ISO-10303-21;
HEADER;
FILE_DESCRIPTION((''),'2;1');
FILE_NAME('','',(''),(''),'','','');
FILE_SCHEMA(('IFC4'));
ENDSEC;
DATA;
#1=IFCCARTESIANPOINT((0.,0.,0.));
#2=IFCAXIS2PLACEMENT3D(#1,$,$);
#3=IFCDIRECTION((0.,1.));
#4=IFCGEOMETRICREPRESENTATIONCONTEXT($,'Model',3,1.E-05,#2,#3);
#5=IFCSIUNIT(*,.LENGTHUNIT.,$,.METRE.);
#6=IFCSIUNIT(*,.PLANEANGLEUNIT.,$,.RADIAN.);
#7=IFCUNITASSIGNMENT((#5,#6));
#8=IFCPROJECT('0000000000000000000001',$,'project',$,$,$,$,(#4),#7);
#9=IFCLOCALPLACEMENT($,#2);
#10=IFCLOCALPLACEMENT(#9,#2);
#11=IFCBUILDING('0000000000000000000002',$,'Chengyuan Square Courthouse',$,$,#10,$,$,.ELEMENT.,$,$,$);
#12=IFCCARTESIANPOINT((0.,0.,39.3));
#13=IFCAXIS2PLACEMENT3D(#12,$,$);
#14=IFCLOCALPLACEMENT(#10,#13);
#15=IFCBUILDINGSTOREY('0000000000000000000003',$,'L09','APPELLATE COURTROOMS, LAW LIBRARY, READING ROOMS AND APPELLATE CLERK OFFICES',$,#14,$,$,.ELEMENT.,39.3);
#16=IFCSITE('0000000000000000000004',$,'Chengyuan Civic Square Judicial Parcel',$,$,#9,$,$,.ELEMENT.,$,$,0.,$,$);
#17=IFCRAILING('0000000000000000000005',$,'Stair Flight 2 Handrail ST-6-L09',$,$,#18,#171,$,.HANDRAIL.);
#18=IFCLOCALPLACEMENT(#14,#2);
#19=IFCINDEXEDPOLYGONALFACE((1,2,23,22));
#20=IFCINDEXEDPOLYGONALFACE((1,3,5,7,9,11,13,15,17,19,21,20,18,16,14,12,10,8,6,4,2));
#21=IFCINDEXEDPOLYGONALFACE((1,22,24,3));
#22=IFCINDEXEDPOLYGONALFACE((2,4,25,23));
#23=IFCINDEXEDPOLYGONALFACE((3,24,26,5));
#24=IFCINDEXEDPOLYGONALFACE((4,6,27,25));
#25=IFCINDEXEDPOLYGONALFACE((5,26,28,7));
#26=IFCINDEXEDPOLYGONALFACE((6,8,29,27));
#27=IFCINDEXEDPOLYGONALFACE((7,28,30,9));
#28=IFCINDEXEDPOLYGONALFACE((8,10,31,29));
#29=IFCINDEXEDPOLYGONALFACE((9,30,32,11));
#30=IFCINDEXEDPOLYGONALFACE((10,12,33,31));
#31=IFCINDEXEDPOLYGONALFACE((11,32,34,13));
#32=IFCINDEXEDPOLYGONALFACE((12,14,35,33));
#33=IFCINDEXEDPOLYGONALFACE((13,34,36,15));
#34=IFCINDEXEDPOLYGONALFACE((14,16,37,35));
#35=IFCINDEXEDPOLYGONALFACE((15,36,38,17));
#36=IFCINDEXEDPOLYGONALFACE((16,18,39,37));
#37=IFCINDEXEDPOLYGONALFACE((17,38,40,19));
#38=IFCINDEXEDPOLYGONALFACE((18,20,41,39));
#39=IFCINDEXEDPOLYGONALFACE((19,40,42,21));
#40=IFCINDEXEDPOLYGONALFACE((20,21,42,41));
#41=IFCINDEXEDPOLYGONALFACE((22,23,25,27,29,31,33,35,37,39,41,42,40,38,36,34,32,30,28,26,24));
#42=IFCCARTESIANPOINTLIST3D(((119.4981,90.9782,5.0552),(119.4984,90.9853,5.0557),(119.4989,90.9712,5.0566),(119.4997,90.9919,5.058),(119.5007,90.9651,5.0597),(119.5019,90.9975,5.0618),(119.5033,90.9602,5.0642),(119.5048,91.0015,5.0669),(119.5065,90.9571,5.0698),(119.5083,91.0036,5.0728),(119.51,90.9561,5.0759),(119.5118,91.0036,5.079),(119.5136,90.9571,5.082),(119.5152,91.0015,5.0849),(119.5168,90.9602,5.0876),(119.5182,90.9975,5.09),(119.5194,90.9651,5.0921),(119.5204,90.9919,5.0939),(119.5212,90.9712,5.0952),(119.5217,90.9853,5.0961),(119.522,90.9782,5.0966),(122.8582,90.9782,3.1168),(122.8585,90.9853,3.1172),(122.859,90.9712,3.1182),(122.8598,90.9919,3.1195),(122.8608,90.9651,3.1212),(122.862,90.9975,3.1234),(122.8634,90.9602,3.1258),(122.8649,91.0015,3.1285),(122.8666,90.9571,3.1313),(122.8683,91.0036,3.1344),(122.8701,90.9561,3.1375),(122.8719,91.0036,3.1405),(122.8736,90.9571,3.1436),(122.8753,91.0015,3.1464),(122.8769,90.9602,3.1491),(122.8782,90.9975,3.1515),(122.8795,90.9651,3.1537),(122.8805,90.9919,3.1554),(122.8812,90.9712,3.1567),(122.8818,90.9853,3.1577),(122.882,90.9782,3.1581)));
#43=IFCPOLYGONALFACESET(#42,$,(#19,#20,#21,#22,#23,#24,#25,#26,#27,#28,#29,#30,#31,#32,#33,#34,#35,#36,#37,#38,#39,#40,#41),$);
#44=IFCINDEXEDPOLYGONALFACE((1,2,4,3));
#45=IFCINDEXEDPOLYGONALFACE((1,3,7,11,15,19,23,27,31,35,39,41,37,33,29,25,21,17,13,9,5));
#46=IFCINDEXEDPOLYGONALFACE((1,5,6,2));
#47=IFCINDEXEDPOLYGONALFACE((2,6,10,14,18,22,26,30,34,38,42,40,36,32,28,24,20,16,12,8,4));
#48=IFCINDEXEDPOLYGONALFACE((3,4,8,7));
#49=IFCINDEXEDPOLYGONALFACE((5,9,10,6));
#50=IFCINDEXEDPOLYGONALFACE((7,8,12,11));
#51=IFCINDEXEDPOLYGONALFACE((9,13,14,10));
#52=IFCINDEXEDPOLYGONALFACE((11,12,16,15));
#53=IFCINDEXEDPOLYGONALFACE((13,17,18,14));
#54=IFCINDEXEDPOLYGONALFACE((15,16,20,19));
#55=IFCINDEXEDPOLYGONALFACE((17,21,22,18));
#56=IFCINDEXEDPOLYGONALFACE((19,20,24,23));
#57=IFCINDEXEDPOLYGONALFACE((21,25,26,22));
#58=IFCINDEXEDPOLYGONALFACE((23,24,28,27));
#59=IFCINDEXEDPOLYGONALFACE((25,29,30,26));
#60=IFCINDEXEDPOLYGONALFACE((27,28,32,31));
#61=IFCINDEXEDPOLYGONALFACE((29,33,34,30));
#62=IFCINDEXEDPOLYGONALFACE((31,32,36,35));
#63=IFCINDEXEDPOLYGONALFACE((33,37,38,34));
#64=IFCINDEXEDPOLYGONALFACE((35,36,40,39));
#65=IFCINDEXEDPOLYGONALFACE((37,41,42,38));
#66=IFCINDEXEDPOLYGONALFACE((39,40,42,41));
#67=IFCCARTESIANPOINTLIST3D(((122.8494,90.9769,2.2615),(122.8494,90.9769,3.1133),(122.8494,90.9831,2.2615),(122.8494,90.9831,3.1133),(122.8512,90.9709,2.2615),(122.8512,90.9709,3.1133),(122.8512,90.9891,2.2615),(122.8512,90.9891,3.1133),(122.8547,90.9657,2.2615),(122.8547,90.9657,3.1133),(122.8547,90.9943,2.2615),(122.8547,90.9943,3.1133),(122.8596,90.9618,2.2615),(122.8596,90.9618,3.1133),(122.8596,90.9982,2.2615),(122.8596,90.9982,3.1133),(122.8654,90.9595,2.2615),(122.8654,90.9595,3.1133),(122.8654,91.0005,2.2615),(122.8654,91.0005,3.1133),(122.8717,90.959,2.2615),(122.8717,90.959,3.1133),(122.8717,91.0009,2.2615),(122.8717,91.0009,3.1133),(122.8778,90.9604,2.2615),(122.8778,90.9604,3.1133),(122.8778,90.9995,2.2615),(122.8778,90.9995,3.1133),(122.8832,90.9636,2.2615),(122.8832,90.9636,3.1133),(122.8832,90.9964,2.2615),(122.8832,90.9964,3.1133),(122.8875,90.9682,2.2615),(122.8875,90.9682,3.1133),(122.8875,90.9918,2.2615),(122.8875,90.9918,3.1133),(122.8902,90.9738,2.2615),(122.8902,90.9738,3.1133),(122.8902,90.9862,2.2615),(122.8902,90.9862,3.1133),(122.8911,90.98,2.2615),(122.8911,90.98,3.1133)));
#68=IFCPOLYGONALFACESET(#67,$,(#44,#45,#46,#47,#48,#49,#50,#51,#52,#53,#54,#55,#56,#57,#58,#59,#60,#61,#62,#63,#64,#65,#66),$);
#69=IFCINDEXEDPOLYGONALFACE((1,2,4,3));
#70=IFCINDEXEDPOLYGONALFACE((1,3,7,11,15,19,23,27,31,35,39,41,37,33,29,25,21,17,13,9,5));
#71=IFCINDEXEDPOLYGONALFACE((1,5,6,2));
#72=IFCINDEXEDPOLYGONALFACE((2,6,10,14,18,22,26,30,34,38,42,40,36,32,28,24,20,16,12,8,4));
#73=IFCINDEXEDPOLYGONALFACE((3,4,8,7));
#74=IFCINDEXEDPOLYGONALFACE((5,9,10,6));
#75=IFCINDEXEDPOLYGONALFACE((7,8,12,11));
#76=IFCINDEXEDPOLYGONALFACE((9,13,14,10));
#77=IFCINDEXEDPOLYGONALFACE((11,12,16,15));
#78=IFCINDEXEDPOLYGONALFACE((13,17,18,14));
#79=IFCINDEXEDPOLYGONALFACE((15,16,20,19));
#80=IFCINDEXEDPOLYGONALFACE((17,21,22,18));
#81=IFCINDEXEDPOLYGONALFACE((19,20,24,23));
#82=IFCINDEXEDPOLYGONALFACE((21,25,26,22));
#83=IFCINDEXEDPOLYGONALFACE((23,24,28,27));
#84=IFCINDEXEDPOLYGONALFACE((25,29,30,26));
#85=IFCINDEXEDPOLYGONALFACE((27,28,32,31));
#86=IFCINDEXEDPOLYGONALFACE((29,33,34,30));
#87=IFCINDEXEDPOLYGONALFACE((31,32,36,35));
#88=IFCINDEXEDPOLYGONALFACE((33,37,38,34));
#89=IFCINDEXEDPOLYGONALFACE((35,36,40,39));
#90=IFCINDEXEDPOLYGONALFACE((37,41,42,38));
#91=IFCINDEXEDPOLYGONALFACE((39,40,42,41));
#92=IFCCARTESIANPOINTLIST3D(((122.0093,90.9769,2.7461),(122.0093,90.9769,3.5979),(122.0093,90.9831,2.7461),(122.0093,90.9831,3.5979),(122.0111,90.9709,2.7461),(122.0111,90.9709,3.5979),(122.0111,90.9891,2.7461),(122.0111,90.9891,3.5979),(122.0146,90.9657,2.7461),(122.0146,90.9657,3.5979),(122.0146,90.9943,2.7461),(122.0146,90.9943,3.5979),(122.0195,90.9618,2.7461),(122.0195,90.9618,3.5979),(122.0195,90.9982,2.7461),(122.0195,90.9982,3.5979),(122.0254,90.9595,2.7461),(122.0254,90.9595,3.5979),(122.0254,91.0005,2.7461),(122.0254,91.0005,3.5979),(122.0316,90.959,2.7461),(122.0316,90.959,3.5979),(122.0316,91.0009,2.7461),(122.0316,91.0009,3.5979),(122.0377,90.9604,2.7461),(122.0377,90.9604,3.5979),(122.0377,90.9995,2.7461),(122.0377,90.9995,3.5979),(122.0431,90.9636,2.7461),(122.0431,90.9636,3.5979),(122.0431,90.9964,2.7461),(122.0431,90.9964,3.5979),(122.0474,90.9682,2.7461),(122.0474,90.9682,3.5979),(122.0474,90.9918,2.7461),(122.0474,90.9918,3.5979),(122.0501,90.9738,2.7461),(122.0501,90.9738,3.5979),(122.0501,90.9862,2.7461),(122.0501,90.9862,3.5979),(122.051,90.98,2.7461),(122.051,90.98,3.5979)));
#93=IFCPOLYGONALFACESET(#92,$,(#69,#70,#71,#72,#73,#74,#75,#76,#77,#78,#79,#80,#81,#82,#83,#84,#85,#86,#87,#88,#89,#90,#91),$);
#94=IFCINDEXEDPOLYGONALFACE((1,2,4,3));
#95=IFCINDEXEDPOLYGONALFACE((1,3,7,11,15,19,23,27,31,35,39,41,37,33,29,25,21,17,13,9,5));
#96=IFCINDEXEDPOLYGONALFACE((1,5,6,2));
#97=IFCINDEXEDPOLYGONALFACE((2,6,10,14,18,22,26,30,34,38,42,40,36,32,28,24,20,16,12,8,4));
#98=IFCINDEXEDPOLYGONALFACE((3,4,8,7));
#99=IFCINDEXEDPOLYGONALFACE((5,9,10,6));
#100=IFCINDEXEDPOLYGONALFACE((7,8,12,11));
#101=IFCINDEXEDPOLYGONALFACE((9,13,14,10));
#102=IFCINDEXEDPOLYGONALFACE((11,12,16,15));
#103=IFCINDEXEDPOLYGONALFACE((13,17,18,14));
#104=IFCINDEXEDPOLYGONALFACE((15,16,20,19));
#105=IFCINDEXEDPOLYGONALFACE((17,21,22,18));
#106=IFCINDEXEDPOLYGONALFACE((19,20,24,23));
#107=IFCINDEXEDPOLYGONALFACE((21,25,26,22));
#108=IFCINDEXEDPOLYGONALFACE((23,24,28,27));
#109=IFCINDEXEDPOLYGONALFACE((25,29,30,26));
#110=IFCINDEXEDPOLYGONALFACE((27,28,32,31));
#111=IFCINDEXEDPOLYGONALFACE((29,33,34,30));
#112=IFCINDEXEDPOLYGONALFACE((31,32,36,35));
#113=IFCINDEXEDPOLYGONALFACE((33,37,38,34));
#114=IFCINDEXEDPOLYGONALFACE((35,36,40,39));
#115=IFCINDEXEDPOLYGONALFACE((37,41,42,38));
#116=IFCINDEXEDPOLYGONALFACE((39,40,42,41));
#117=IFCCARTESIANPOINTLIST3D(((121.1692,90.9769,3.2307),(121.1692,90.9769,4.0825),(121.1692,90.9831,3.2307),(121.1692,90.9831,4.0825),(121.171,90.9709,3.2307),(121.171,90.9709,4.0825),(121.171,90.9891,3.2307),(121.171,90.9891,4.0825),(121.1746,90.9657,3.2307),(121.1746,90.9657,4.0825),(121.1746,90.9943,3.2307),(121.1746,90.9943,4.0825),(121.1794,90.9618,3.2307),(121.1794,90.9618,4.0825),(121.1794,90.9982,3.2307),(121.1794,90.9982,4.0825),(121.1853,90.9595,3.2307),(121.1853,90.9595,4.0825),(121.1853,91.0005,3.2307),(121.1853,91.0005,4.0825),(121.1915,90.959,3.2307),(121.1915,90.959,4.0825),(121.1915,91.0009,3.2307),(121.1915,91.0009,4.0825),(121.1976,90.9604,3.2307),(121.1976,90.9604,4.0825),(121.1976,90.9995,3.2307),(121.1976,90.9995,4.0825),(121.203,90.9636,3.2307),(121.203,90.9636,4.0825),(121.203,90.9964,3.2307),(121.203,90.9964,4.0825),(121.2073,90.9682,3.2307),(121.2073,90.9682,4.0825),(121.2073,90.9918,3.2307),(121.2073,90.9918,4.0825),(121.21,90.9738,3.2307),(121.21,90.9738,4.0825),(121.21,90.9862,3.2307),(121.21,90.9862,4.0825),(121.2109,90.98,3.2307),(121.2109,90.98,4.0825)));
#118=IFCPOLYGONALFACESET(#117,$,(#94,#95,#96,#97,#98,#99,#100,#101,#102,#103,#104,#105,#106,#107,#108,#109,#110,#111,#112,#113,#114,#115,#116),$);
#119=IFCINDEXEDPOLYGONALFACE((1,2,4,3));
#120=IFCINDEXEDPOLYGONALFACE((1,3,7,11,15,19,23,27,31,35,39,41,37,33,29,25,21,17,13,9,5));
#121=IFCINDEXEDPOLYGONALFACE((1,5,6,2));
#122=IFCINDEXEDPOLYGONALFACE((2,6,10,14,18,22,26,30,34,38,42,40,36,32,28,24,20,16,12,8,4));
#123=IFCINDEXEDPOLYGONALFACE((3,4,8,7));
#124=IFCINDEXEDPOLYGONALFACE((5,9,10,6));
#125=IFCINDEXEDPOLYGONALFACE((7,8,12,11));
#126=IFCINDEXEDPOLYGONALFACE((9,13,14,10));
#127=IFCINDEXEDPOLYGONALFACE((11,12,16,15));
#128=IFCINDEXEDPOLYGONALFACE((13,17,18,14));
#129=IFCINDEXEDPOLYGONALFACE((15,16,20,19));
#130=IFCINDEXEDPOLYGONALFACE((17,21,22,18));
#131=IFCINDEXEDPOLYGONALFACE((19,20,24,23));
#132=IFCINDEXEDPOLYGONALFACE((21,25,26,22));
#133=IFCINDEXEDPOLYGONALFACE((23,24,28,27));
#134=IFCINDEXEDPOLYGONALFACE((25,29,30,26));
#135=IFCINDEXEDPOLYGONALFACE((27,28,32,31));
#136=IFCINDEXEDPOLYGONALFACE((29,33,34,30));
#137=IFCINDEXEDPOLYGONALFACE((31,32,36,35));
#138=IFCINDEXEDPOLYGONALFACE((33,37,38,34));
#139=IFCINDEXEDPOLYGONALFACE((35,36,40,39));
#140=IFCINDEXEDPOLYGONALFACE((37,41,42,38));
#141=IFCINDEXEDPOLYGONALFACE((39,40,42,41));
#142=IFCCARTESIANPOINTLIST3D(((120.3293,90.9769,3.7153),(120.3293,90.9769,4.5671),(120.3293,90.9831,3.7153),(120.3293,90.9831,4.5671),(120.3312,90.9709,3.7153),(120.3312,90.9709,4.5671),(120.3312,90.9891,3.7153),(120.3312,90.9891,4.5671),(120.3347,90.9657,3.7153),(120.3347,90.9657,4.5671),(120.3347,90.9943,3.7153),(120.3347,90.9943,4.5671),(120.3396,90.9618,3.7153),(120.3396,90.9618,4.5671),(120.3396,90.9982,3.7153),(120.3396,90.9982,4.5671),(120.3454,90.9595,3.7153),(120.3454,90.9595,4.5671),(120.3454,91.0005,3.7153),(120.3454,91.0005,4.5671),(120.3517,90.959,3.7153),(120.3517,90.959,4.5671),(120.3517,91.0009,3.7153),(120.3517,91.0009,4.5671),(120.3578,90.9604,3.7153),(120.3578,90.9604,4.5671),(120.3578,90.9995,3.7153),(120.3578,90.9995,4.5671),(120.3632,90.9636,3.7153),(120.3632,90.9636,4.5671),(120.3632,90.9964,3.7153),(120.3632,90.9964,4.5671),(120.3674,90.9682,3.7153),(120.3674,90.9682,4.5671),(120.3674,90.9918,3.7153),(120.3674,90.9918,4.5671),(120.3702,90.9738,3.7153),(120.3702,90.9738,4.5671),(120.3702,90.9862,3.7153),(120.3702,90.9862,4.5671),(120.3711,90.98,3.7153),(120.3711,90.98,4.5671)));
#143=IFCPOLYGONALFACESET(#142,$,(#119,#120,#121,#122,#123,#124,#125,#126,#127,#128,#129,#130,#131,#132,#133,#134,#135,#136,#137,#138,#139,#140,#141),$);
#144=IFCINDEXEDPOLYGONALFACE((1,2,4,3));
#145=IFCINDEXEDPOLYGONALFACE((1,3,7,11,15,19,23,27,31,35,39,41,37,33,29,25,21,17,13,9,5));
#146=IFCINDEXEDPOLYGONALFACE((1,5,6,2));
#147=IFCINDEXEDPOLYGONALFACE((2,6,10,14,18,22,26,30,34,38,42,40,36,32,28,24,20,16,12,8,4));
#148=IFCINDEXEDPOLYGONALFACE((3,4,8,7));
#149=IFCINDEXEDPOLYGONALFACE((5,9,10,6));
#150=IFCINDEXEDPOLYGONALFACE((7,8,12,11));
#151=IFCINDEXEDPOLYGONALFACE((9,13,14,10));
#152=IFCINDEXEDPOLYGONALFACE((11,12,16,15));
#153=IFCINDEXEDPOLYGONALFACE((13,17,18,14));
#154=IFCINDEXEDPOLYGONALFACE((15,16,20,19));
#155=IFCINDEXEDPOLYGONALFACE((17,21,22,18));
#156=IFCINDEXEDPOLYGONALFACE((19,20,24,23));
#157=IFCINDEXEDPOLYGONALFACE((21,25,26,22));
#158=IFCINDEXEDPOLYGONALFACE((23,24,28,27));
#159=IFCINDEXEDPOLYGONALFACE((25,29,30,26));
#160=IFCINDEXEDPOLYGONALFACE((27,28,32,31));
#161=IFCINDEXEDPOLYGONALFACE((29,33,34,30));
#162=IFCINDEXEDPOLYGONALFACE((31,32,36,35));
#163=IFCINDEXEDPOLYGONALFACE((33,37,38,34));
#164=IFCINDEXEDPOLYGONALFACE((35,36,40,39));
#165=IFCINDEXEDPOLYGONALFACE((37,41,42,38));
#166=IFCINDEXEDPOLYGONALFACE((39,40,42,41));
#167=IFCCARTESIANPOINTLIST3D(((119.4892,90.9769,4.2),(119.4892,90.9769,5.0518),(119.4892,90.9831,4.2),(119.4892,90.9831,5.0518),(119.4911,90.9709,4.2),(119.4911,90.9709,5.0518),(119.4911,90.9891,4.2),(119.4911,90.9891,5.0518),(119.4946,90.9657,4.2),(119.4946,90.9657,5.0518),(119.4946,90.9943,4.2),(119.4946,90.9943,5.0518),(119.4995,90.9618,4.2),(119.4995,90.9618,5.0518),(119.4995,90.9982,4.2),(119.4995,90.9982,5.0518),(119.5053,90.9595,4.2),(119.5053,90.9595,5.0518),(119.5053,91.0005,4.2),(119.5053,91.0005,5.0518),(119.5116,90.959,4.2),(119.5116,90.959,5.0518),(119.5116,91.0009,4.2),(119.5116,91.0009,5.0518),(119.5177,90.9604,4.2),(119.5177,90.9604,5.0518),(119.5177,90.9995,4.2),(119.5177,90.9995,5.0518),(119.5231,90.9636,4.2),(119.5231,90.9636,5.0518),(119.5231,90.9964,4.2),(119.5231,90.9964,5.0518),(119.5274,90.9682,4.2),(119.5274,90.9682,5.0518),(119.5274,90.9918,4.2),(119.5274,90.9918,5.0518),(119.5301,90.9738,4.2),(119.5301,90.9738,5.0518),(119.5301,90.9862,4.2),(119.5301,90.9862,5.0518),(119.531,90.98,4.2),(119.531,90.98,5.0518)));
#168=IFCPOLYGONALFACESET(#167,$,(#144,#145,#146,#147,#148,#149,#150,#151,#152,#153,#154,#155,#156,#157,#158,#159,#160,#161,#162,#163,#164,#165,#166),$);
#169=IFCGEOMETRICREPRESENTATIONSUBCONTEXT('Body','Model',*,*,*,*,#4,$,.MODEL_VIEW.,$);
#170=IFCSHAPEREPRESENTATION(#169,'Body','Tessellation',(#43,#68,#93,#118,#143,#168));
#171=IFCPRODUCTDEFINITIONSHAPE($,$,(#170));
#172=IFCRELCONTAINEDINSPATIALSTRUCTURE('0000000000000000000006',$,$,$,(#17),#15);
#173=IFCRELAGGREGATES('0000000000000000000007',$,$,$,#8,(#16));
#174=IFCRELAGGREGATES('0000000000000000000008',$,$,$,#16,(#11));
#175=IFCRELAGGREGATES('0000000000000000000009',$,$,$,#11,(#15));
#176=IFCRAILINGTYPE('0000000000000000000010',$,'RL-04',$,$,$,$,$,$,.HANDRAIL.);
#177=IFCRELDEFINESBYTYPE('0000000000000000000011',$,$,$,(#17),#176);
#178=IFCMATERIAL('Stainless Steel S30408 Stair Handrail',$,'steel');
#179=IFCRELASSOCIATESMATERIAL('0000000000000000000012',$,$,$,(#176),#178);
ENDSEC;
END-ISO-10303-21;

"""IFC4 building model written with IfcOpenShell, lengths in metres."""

from ifc_helpers import new_model, si_unit, direction, frame, origin, origin_2d, place, context, subcontext, project, spatial, circle, extrude, material, type_object, element, save


model = new_model("IFC4")

# Units and contexts
model_context = context("Model", 3, precision=1e-05, world=origin(), true_north=direction((0.0, 1.0)))
body_context = subcontext(model_context, "Body", "Model", "MODEL_VIEW")
ifc_project = project(units=[si_unit("LENGTHUNIT", "METRE"), si_unit("PLANEANGLEUNIT", "RADIAN")], contexts=[model_context])

# Site, building, storey
site_placement = place(None, origin())
site = spatial("IfcSite", under=ifc_project, at=site_placement, Name="Chengyuan Civic Square Judicial Parcel", CompositionType="ELEMENT", RefElevation=0.0)
building_placement = place(site_placement, origin())
building = spatial("IfcBuilding", under=site, at=building_placement, Name="Chengyuan Square Courthouse", CompositionType="ELEMENT")
storey_placement = place(building_placement, frame((0.0, 0.0, 39.3)))
storey = spatial("IfcBuildingStorey", under=building, at=storey_placement, Name="L09", Description="APPELLATE COURTROOMS, LAW LIBRARY, READING ROOMS AND APPELLATE CLERK OFFICES", CompositionType="ELEMENT", Elevation=39.3)

# Railing
ifc_material_1 = material(Name="Stainless Steel S30408 Stair Handrail", Category="steel")
railing_type_1 = type_object("IfcRailingType", Name="RL-04", PredefinedType="HANDRAIL", material=ifc_material_1)
railing_1_placement = place(storey_placement, frame((122.8701, 90.98, 2.2615)))
element("IfcRailing", 1, at=railing_1_placement, inside=storey, type_object=railing_type_1, Name="Stair Flight 2 Handrail ST-6-L09", PredefinedType="HANDRAIL", context=body_context, shape_type="SweptSolid", body=[
    extrude(circle(Radius=0.0239, at=origin_2d()), frame((0.0, 0.0, 0.876), z_axis=(-0.866191, 0.0, 0.499713), x_axis=(0.0, -1.0, 0.0)), (0.0, 0.0, 1.0), 3.8792),
    extrude(circle(Radius=0.021, at=origin_2d()), origin(), (0.0, 0.0, 1.0), 0.8518),
    extrude(circle(Radius=0.021, at=origin_2d()), frame((-0.8401, 0.0, 0.4846)), (0.0, 0.0, 1.0), 0.8518),
    extrude(circle(Radius=0.021, at=origin_2d()), frame((-1.6802, 0.0, 0.9692)), (0.0, 0.0, 1.0), 0.8518),
    extrude(circle(Radius=0.021, at=origin_2d()), frame((-2.52, 0.0, 1.4539)), (0.0, 0.0, 1.0), 0.8518),
    extrude(circle(Radius=0.021, at=origin_2d()), frame((-3.3601, 0.0, 1.9385)), (0.0, 0.0, 1.0), 0.8518),
])

save(model, "model.ifc")
